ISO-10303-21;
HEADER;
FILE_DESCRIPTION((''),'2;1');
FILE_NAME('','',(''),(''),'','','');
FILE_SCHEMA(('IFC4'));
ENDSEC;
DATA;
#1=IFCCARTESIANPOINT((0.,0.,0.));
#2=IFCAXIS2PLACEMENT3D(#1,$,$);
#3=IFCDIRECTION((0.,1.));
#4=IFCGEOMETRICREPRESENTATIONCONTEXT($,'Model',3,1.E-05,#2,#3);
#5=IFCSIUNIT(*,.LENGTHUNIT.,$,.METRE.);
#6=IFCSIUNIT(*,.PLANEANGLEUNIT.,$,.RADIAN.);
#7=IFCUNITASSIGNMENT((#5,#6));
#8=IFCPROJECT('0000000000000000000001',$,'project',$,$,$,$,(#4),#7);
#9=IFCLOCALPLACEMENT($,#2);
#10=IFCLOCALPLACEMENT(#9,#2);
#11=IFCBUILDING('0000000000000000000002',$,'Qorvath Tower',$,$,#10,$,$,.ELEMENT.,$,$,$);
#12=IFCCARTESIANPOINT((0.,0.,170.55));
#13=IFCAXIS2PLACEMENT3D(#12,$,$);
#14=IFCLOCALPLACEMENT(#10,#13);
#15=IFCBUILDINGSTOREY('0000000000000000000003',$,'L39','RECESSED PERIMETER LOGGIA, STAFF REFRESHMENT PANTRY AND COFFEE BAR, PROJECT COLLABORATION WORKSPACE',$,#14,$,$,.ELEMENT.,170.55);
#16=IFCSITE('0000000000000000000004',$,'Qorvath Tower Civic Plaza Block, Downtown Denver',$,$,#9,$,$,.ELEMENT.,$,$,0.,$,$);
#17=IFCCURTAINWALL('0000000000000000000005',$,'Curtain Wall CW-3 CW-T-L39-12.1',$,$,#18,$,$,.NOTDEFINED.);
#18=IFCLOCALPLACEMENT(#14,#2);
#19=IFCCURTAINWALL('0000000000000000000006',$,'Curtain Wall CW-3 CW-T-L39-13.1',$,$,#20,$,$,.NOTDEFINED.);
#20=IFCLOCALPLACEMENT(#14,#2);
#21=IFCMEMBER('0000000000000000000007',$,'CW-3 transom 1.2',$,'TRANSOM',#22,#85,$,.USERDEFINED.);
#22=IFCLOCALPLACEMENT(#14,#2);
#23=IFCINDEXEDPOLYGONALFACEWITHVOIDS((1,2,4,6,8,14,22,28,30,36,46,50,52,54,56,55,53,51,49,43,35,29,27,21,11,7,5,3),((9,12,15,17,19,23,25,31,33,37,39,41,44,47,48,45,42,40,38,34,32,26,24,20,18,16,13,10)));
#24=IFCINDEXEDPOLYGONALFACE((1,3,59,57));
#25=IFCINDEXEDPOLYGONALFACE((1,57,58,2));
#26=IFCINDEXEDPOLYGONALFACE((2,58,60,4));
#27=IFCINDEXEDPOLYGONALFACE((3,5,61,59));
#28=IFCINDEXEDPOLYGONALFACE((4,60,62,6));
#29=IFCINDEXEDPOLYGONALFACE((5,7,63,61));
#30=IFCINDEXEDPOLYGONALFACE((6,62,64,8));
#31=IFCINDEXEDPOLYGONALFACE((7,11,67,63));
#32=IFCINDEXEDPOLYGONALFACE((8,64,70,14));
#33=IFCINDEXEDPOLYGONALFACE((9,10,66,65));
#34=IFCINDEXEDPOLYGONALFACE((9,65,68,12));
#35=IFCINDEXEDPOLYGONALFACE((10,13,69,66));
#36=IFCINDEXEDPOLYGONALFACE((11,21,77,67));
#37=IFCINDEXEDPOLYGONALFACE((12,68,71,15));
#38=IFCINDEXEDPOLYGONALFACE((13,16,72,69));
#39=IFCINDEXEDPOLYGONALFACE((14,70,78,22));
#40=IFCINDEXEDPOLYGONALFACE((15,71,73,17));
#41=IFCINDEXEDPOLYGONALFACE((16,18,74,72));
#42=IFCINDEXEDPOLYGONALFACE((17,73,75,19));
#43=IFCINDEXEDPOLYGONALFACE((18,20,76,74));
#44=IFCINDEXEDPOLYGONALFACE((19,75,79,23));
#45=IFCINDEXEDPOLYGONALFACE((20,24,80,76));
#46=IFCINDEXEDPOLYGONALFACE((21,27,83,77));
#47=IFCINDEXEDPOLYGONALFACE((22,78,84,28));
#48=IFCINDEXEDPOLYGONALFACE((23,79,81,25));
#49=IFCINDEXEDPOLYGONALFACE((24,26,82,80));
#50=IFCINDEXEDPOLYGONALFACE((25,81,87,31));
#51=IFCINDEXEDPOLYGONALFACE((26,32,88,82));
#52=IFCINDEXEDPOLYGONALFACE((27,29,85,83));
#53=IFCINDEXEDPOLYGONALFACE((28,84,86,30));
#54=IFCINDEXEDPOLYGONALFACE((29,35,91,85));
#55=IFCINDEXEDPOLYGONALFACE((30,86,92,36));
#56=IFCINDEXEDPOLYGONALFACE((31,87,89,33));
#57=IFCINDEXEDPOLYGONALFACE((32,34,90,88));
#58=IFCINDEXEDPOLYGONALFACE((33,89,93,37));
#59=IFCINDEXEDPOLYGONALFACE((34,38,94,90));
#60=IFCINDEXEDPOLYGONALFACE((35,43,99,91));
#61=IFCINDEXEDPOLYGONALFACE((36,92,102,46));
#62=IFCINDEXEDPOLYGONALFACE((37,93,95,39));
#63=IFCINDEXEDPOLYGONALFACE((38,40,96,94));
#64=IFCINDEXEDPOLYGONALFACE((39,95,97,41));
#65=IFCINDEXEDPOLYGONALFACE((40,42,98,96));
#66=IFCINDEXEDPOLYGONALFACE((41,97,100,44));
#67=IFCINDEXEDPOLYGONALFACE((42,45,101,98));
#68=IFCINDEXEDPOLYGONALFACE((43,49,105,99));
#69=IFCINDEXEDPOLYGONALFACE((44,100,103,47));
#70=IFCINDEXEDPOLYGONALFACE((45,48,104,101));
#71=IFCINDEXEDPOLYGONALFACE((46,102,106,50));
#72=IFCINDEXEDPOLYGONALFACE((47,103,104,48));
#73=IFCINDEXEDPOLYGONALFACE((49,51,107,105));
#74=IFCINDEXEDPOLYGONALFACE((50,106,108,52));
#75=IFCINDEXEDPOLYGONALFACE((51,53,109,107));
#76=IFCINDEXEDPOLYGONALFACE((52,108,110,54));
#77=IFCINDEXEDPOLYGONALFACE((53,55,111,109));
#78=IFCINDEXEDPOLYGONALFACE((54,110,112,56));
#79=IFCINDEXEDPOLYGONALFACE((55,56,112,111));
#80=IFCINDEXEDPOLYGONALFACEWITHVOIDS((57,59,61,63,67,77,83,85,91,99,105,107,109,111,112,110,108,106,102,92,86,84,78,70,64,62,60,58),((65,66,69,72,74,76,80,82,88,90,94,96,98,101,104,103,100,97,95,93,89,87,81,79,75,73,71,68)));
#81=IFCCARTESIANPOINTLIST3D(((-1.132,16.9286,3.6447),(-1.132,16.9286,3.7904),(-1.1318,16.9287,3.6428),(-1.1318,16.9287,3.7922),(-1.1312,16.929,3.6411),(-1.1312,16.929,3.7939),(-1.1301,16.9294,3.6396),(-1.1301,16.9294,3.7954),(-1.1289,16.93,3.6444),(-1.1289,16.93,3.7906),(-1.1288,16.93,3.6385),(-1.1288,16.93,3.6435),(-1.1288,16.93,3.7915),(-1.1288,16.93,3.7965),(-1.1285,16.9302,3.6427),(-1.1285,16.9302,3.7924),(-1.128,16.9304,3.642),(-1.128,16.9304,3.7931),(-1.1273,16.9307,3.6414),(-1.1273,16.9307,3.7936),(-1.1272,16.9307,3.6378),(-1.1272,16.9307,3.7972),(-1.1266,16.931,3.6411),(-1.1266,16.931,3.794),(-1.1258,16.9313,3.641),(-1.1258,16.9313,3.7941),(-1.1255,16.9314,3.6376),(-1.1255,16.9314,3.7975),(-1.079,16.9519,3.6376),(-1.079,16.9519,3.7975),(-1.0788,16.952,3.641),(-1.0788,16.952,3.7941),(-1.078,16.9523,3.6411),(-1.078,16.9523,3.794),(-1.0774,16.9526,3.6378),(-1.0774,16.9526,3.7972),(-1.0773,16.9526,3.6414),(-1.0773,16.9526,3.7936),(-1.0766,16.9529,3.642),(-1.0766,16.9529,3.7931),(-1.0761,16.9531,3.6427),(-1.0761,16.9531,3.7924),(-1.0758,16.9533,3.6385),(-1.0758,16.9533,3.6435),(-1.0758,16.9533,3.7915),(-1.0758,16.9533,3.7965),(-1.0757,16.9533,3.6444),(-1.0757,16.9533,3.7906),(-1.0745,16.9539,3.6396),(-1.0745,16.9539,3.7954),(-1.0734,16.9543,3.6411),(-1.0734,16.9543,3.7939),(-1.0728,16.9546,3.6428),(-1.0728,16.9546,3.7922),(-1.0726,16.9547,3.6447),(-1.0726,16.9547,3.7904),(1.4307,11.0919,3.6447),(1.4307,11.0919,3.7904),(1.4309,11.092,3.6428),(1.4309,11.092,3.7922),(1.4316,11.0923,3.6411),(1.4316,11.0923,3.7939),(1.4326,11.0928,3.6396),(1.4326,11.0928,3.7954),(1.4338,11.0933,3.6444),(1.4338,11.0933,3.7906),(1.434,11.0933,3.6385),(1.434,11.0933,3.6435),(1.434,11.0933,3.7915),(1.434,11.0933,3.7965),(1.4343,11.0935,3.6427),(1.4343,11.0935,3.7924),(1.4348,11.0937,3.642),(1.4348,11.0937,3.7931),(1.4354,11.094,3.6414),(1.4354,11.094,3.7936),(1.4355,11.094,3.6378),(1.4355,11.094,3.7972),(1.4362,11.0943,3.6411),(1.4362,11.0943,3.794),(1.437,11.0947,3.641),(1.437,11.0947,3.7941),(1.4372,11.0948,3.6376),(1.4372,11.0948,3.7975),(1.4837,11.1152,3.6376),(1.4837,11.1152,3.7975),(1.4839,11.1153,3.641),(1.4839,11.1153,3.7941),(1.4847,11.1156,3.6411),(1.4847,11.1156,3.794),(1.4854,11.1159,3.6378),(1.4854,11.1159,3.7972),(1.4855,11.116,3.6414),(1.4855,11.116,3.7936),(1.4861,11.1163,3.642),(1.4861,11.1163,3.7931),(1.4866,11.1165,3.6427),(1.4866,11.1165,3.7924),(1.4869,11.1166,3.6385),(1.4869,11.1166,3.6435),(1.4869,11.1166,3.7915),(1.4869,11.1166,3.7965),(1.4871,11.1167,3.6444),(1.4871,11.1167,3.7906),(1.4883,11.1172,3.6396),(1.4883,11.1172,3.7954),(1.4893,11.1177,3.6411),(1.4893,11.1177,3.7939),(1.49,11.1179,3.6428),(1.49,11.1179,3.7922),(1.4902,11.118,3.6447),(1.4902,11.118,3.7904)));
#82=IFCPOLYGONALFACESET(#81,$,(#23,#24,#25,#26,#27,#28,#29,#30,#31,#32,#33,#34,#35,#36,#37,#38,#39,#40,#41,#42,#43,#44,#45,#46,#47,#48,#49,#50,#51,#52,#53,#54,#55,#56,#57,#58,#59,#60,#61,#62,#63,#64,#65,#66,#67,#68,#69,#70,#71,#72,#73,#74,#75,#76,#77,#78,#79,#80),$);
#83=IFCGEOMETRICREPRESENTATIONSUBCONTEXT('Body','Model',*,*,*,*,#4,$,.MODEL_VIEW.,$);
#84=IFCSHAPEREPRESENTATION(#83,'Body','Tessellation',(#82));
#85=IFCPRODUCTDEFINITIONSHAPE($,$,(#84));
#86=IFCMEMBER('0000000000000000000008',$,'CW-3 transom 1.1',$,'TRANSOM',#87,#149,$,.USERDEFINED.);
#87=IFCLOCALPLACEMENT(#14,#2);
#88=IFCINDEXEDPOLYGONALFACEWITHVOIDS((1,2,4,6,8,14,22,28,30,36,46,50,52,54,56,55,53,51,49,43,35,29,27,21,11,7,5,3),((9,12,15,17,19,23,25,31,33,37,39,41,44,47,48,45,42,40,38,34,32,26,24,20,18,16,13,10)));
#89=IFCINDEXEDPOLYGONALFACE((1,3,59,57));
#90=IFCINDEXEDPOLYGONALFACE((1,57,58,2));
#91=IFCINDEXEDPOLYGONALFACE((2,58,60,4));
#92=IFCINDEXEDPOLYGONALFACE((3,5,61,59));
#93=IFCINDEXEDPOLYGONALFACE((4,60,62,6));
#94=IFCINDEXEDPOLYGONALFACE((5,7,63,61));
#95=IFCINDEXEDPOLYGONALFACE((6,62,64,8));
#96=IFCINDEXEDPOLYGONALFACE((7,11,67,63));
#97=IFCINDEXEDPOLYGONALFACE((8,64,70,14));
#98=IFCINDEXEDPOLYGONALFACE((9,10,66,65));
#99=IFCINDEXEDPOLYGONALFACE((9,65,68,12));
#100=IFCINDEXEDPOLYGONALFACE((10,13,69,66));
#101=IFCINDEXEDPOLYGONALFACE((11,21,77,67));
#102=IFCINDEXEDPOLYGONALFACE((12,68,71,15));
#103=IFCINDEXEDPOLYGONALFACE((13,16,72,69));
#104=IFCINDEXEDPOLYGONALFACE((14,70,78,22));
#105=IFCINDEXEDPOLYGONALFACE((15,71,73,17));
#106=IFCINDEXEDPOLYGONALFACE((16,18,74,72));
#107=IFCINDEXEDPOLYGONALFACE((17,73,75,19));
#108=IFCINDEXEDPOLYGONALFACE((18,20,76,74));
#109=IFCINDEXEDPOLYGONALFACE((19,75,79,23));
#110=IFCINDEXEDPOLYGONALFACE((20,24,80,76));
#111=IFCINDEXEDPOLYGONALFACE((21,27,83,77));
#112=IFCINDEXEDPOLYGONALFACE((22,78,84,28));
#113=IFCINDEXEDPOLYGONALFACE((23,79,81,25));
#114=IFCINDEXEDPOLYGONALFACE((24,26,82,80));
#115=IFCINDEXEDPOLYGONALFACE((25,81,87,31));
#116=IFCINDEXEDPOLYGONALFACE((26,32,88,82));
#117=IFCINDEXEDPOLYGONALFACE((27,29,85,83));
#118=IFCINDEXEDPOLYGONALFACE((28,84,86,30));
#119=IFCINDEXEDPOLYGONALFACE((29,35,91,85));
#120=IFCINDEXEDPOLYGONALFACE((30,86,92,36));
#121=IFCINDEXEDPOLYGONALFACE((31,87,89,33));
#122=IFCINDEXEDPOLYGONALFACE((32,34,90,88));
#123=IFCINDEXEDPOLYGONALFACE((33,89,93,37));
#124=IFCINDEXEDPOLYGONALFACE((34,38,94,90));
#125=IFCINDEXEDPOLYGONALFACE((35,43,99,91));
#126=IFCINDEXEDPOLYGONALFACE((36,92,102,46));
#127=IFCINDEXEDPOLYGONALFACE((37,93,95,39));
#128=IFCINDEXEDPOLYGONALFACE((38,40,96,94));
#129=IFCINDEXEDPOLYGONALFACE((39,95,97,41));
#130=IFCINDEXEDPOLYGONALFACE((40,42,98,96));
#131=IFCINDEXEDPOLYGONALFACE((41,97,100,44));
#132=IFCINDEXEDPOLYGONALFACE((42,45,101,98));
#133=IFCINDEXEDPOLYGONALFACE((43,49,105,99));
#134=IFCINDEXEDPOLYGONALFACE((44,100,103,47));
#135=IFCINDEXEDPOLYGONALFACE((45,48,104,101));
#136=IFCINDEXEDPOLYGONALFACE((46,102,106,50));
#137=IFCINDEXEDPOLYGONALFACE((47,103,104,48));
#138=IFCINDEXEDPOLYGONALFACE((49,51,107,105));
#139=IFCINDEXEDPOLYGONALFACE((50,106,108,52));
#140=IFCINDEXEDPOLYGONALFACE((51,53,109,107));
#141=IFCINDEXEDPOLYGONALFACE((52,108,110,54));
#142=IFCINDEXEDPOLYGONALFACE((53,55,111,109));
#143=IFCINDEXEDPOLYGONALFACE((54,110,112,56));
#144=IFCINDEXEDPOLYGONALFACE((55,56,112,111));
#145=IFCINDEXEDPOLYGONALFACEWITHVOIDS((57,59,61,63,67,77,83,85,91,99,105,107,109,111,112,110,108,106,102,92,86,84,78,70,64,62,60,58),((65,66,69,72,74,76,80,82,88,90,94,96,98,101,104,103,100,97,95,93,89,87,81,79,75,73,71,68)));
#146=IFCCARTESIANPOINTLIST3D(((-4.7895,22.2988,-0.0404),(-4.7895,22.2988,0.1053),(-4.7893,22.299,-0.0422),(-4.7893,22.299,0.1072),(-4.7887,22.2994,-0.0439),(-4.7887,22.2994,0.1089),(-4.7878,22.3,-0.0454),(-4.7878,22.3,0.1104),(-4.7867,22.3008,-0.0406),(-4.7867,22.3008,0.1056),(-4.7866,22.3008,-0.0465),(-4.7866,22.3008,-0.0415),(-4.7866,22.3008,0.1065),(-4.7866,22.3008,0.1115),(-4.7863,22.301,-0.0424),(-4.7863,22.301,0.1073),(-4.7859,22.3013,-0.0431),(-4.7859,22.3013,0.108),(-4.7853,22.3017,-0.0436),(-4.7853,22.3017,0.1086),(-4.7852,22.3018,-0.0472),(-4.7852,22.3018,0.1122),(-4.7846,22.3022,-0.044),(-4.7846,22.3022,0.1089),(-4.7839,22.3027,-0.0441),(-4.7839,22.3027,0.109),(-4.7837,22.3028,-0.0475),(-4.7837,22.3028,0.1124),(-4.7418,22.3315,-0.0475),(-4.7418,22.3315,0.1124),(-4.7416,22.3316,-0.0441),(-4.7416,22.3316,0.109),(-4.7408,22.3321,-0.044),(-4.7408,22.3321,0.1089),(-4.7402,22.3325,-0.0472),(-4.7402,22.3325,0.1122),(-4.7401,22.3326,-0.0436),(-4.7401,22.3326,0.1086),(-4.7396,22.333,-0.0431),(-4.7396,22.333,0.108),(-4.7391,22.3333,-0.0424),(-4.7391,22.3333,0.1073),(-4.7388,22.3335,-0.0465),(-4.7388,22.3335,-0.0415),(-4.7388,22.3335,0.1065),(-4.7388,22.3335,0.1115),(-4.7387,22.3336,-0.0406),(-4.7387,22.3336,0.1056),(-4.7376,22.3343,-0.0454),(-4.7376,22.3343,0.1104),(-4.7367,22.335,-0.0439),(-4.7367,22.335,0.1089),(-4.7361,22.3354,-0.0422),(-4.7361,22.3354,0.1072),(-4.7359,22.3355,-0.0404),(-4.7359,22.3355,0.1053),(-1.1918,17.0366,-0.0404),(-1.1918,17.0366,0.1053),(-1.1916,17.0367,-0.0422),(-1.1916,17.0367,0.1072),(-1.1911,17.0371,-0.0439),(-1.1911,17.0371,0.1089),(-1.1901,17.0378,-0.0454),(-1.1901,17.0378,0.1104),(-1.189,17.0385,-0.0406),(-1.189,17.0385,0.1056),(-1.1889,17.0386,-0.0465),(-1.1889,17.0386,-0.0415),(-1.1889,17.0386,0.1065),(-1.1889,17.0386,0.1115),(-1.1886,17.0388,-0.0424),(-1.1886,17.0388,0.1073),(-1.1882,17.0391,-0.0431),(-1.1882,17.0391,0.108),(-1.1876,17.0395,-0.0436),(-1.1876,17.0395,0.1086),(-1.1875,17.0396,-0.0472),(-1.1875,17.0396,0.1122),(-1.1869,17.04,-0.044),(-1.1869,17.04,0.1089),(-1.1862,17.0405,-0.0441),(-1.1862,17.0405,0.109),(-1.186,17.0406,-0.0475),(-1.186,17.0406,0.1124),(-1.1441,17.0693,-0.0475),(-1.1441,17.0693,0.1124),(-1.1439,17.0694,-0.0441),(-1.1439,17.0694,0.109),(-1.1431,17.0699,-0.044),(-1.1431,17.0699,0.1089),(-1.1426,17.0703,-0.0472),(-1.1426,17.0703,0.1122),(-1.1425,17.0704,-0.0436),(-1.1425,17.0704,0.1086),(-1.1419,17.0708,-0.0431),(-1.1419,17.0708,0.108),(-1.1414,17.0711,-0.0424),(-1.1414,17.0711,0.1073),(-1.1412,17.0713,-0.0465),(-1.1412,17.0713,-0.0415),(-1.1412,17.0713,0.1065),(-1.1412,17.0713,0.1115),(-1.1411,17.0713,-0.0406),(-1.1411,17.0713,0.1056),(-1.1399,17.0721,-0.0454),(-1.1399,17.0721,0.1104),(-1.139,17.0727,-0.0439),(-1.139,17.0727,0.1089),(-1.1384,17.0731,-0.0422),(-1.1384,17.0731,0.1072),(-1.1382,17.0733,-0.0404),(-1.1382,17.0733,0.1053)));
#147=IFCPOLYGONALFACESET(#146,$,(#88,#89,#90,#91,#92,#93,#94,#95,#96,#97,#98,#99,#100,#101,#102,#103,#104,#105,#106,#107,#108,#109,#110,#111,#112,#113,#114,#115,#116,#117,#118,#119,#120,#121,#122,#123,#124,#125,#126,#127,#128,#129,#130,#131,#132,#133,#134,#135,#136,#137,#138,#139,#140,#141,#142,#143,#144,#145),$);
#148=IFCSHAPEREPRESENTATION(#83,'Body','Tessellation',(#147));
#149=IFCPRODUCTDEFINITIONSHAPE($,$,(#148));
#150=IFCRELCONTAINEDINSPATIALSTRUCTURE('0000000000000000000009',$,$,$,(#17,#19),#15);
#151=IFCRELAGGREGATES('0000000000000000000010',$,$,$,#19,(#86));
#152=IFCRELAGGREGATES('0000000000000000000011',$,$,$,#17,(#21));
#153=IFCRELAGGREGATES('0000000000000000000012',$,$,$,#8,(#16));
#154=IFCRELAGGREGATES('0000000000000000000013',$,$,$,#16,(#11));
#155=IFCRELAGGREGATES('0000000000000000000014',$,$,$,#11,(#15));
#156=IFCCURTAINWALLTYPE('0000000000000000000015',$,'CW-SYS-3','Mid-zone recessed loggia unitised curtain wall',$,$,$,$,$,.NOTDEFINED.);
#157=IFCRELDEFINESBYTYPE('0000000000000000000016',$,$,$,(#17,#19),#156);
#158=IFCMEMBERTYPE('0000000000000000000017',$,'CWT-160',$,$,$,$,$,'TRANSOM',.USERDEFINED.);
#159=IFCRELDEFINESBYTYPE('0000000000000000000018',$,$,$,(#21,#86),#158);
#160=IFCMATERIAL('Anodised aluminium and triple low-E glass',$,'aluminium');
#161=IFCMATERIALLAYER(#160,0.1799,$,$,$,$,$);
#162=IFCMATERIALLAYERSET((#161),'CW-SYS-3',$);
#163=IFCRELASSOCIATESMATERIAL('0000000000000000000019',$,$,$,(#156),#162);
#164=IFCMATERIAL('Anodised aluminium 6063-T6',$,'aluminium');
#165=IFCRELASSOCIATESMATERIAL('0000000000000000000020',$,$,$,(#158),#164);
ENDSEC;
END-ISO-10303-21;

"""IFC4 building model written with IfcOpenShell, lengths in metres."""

from ifc_helpers import new_model, si_unit, direction, frame, origin, origin_2d, place, context, subcontext, project, spatial, hollow_rectangle, extrude, material, layer, layer_set, material_profile, profile_set, type_object, element, aggregate, save


model = new_model("IFC4")

# Units and contexts
model_context = context("Model", 3, precision=1e-05, world=origin(), true_north=direction((0.0, 1.0)))
body_context = subcontext(model_context, "Body", "Model", "MODEL_VIEW")
ifc_project = project(units=[si_unit("LENGTHUNIT", "METRE"), si_unit("PLANEANGLEUNIT", "RADIAN")], contexts=[model_context])

# Site, building, storey
site_placement = place(None, origin())
site = spatial("IfcSite", under=ifc_project, at=site_placement, Name="Qorvath Tower Civic Plaza Block, Downtown Denver", CompositionType="ELEMENT", RefElevation=0.0)
building_placement = place(site_placement, origin())
building = spatial("IfcBuilding", under=site, at=building_placement, Name="Qorvath Tower", CompositionType="ELEMENT")
storey_placement = place(building_placement, frame((0.0, 0.0, 170.55)))
storey = spatial("IfcBuildingStorey", under=building, at=storey_placement, Name="L39", Description="RECESSED PERIMETER LOGGIA, STAFF REFRESHMENT PANTRY AND COFFEE BAR, PROJECT COLLABORATION WORKSPACE", CompositionType="ELEMENT", Elevation=170.55)

# Shared definitions
ifc_material_1 = material(Name="Anodised aluminium and triple low-E glass", Category="aluminium")
ifc_layer_1 = layer(ifc_material_1, 0.1799)
ifc_layer_set_1 = layer_set([ifc_layer_1], Name="CW-SYS-3")
curtain_wall_type = type_object("IfcCurtainWallType", Name="CW-SYS-3", Description="Mid-zone recessed loggia unitised curtain wall", PredefinedType="NOTDEFINED", material=ifc_layer_set_1)

# Curtain wall
curtain_wall_1_placement = place(storey_placement, origin())
curtain_wall_1 = element("IfcCurtainWall", 1, at=curtain_wall_1_placement, inside=storey, type_object=curtain_wall_type, Name="Curtain Wall CW-3 CW-T-L39-12.1", PredefinedType="NOTDEFINED")

# Curtain wall
curtain_wall_2_placement = place(storey_placement, origin())
curtain_wall_2 = element("IfcCurtainWall", 2, at=curtain_wall_2_placement, inside=storey, type_object=curtain_wall_type, Name="Curtain Wall CW-3 CW-T-L39-13.1", PredefinedType="NOTDEFINED")

# Members
ifc_material_2 = material(Name="Anodised aluminium 6063-T6", Category="aluminium")
ifc_material_profile_1 = material_profile(ifc_material_2, hollow_rectangle(XDim=0.0649, YDim=0.1599, WallThickness=0.0034, InnerFilletRadius=0.0034, OuterFilletRadius=0.0071, at=origin_2d()), Name="CWT 160x65")
ifc_profile_set_1 = profile_set([ifc_material_profile_1], Name="Anodised aluminium 6063-T6")
member_type_1 = type_object("IfcMemberType", Name="CWT-160", ElementType="TRANSOM", PredefinedType="USERDEFINED", material=ifc_profile_set_1)
member_1_placement = place(storey_placement, frame((1.4604, 11.105, 3.7175), z_axis=(-0.40203, 0.915626, 0.0), x_axis=(-0.915626, -0.40203, 0.0)))
member_1 = element("IfcMember", 3, at=member_1_placement, type_object=member_type_1, Name="CW-3 transom 1.2", ObjectType="TRANSOM", PredefinedType="USERDEFINED", context=body_context, shape_type="SweptSolid", body=[
    extrude(hollow_rectangle(XDim=0.0649, YDim=0.1599, WallThickness=0.0034, InnerFilletRadius=0.0034, OuterFilletRadius=0.0071, at=origin_2d()), origin(), (0.0, 0.0, 1.0), 6.3745),
])
member_2_placement = place(storey_placement, frame((-1.165, 17.0549, 0.0325), z_axis=(-0.564385, 0.825512, 0.0), x_axis=(-0.825512, -0.564385, 0.0)))
member_2 = element("IfcMember", 4, at=member_2_placement, type_object=member_type_1, Name="CW-3 transom 1.1", ObjectType="TRANSOM", PredefinedType="USERDEFINED", context=body_context, shape_type="SweptSolid", body=[
    extrude(hollow_rectangle(XDim=0.0649, YDim=0.1599, WallThickness=0.0034, InnerFilletRadius=0.0034, OuterFilletRadius=0.0071, at=origin_2d()), origin(), (0.0, 0.0, 1.0), 6.3745),
])
aggregate(curtain_wall_2, [member_2])

aggregate(curtain_wall_1, [member_1])

save(model, "model.ifc")
